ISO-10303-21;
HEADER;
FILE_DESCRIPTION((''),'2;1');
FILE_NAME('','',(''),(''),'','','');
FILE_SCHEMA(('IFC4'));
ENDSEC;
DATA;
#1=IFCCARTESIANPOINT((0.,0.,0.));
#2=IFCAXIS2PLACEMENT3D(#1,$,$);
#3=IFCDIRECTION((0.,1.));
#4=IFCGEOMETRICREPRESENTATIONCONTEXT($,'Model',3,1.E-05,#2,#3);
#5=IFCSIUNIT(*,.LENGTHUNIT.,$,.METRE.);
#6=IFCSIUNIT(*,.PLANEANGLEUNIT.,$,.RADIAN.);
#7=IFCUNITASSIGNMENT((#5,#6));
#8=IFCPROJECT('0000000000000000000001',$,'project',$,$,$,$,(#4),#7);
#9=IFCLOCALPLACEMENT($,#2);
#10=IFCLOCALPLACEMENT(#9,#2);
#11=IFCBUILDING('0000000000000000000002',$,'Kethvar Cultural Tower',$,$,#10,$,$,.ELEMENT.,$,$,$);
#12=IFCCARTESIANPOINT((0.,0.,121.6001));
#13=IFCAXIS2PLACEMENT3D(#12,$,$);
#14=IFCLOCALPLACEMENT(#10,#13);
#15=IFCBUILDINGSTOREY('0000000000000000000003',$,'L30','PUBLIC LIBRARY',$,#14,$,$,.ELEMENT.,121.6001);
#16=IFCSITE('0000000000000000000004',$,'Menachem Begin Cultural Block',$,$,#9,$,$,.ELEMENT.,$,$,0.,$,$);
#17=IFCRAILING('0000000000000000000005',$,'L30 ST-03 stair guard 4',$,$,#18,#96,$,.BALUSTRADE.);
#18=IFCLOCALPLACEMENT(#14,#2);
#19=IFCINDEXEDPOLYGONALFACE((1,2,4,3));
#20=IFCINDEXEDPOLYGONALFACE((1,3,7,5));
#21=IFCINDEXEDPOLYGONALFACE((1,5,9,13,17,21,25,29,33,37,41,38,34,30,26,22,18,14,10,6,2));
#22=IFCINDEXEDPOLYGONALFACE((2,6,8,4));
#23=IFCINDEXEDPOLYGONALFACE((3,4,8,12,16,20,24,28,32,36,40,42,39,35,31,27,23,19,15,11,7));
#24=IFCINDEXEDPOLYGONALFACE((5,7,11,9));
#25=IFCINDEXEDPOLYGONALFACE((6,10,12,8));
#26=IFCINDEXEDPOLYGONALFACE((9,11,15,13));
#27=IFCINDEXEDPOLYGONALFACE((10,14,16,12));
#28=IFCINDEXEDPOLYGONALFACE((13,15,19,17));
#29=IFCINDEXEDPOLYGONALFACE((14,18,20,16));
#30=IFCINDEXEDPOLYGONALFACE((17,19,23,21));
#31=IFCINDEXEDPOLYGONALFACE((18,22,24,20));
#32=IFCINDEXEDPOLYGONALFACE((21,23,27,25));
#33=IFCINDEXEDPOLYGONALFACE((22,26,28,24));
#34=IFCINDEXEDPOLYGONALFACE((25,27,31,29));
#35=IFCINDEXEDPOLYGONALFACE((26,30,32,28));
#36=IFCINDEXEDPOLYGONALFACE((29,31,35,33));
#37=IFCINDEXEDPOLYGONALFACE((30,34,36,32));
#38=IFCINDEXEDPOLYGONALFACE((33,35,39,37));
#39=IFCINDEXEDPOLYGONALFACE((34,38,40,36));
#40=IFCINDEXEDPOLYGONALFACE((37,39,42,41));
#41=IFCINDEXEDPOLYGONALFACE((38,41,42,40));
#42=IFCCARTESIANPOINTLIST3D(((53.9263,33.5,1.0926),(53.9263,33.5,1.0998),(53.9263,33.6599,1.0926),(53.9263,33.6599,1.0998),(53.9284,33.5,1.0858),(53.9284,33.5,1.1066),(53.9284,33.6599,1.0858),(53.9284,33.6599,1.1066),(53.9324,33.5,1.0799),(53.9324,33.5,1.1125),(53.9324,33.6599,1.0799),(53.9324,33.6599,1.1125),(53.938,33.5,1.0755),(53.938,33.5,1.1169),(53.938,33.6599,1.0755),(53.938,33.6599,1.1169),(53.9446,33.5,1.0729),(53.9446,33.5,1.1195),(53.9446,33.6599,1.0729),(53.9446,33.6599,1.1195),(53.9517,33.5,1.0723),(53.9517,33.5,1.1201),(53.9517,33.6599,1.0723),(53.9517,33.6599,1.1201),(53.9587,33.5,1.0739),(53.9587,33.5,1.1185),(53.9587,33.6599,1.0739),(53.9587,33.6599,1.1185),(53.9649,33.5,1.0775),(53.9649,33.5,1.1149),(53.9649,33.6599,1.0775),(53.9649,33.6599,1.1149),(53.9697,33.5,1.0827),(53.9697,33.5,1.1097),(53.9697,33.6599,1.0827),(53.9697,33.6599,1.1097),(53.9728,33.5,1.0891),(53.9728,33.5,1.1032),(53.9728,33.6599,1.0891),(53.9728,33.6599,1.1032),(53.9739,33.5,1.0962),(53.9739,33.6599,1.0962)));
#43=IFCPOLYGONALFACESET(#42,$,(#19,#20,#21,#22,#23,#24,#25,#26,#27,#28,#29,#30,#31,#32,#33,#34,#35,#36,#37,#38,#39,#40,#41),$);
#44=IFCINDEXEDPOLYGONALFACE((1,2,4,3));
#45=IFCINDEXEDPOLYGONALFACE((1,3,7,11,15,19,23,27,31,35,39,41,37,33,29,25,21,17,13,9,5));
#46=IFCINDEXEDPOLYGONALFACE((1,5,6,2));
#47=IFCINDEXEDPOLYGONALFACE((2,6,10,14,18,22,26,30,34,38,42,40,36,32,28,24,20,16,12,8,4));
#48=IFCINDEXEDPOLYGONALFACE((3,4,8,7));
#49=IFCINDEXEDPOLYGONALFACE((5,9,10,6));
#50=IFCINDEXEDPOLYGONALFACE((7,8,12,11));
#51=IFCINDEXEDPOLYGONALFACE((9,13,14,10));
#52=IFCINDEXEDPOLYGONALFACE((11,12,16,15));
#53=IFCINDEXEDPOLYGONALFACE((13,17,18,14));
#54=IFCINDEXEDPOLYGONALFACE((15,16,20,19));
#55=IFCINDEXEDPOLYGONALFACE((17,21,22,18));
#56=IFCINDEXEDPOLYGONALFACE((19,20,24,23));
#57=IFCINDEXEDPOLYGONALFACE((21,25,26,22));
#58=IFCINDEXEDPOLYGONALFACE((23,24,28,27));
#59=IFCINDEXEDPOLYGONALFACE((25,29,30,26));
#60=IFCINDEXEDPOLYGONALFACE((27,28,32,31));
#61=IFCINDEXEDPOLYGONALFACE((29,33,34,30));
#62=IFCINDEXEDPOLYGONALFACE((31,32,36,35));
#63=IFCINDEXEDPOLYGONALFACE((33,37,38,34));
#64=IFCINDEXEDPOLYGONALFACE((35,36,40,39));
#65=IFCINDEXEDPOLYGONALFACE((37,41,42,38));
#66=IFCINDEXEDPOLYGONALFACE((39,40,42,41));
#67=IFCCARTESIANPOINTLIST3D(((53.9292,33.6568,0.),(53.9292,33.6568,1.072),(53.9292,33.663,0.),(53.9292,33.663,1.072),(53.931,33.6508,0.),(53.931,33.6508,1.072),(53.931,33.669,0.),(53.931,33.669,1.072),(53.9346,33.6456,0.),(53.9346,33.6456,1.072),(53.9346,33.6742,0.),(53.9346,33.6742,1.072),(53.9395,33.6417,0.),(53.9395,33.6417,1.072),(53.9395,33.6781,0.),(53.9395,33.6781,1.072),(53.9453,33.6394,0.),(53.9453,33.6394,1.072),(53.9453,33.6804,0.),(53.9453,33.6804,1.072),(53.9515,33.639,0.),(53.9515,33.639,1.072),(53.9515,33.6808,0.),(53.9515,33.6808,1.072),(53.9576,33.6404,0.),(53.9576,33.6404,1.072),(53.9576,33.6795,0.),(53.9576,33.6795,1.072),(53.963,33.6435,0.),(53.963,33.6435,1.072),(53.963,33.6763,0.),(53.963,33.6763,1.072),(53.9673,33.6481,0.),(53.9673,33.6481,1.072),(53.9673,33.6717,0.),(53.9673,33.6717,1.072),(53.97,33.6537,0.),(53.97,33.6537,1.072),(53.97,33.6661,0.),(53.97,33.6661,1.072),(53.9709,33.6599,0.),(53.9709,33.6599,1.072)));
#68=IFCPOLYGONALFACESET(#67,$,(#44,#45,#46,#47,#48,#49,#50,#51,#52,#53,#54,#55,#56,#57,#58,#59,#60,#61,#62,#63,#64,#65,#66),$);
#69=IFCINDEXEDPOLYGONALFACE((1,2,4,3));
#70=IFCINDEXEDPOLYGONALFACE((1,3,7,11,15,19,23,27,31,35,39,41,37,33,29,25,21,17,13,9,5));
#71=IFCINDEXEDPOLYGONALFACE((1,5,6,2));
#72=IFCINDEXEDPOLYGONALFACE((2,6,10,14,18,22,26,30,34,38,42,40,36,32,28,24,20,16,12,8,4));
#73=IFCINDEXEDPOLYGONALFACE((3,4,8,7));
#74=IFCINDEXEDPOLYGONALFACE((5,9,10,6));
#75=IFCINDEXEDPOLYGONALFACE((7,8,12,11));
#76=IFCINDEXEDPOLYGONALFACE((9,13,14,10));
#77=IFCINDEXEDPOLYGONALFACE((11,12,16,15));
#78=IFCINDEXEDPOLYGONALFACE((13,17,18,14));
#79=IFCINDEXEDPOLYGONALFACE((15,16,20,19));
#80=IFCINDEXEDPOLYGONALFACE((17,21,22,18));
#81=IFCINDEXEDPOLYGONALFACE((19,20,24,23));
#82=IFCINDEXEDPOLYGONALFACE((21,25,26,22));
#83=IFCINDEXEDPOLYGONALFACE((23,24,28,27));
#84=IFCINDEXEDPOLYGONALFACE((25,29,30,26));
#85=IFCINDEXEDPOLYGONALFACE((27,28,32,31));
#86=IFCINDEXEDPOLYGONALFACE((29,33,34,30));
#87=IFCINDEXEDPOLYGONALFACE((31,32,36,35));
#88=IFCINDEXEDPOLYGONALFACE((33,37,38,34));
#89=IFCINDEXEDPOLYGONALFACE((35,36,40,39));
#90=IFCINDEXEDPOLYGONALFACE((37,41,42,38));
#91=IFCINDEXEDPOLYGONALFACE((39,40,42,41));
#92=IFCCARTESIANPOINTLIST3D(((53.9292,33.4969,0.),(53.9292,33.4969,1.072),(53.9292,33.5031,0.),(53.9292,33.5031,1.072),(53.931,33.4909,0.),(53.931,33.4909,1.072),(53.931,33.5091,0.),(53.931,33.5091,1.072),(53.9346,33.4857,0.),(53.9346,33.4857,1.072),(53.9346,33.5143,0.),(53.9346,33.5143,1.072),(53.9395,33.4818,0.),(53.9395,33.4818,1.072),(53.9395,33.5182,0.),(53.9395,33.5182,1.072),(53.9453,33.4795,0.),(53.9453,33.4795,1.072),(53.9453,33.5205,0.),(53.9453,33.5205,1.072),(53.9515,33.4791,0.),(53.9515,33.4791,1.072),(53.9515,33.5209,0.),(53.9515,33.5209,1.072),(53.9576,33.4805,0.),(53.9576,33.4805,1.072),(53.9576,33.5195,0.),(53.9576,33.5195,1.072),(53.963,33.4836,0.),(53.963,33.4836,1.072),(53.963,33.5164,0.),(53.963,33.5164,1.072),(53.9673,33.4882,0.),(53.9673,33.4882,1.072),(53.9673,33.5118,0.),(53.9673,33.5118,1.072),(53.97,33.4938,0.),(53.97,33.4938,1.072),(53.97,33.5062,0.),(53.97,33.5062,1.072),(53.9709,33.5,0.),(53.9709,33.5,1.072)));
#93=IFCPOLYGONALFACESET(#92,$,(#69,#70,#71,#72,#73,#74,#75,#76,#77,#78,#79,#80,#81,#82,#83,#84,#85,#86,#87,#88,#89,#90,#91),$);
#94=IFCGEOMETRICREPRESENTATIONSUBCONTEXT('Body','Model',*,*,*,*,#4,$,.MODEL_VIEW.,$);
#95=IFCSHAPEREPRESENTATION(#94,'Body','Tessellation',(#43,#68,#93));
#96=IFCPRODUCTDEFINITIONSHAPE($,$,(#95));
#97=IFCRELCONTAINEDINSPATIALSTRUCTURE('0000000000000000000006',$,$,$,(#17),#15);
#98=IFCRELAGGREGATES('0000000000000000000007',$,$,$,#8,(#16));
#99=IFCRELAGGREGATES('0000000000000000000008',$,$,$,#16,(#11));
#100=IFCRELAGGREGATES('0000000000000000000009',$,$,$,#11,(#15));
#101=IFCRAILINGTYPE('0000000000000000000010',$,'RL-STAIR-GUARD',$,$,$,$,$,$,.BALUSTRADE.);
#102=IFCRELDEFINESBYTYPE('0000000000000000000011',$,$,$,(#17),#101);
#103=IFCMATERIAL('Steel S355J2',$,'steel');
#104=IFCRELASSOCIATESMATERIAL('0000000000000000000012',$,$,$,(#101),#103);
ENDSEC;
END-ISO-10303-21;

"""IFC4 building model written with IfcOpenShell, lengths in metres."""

from ifc_helpers import new_model, si_unit, direction, frame, origin, origin_2d, place, context, subcontext, project, spatial, circle, extrude, material, type_object, element, save


model = new_model("IFC4")

# Units and contexts
model_context = context("Model", 3, precision=1e-05, world=origin(), true_north=direction((0.0, 1.0)))
body_context = subcontext(model_context, "Body", "Model", "MODEL_VIEW")
ifc_project = project(units=[si_unit("LENGTHUNIT", "METRE"), si_unit("PLANEANGLEUNIT", "RADIAN")], contexts=[model_context])

# Site, building, storey
site_placement = place(None, origin())
site = spatial("IfcSite", under=ifc_project, at=site_placement, Name="Menachem Begin Cultural Block", CompositionType="ELEMENT", RefElevation=0.0)
building_placement = place(site_placement, origin())
building = spatial("IfcBuilding", under=site, at=building_placement, Name="Kethvar Cultural Tower", CompositionType="ELEMENT")
storey_placement = place(building_placement, frame((0.0, 0.0, 121.6001)))
storey = spatial("IfcBuildingStorey", under=building, at=storey_placement, Name="L30", Description="PUBLIC LIBRARY", CompositionType="ELEMENT", Elevation=121.6001)

# Shared definitions
ifc_material_1 = material(Name="Steel S355J2", Category="steel")

# Railing
railing_type_1 = type_object("IfcRailingType", Name="RL-STAIR-GUARD", PredefinedType="BALUSTRADE", material=ifc_material_1)
railing_1_placement = place(storey_placement, frame((53.95, 33.6599, 0.0)))
element("IfcRailing", 1, at=railing_1_placement, inside=storey, type_object=railing_type_1, Name="L30 ST-03 stair guard 4", PredefinedType="BALUSTRADE", context=body_context, shape_type="SweptSolid", body=[
    extrude(circle(Radius=0.0239, at=origin_2d()), frame((0.0, 0.0, 1.0962), z_axis=(0.0, -1.0, 0.0), x_axis=(1.0, 0.0, 0.0)), (0.0, 0.0, 1.0), 0.1599),
    extrude(circle(Radius=0.021, at=origin_2d()), origin(), (0.0, 0.0, 1.0), 1.072),
    extrude(circle(Radius=0.021, at=origin_2d()), frame((0.0, -0.1599, 0.0)), (0.0, 0.0, 1.0), 1.072),
])

save(model, "model.ifc")
